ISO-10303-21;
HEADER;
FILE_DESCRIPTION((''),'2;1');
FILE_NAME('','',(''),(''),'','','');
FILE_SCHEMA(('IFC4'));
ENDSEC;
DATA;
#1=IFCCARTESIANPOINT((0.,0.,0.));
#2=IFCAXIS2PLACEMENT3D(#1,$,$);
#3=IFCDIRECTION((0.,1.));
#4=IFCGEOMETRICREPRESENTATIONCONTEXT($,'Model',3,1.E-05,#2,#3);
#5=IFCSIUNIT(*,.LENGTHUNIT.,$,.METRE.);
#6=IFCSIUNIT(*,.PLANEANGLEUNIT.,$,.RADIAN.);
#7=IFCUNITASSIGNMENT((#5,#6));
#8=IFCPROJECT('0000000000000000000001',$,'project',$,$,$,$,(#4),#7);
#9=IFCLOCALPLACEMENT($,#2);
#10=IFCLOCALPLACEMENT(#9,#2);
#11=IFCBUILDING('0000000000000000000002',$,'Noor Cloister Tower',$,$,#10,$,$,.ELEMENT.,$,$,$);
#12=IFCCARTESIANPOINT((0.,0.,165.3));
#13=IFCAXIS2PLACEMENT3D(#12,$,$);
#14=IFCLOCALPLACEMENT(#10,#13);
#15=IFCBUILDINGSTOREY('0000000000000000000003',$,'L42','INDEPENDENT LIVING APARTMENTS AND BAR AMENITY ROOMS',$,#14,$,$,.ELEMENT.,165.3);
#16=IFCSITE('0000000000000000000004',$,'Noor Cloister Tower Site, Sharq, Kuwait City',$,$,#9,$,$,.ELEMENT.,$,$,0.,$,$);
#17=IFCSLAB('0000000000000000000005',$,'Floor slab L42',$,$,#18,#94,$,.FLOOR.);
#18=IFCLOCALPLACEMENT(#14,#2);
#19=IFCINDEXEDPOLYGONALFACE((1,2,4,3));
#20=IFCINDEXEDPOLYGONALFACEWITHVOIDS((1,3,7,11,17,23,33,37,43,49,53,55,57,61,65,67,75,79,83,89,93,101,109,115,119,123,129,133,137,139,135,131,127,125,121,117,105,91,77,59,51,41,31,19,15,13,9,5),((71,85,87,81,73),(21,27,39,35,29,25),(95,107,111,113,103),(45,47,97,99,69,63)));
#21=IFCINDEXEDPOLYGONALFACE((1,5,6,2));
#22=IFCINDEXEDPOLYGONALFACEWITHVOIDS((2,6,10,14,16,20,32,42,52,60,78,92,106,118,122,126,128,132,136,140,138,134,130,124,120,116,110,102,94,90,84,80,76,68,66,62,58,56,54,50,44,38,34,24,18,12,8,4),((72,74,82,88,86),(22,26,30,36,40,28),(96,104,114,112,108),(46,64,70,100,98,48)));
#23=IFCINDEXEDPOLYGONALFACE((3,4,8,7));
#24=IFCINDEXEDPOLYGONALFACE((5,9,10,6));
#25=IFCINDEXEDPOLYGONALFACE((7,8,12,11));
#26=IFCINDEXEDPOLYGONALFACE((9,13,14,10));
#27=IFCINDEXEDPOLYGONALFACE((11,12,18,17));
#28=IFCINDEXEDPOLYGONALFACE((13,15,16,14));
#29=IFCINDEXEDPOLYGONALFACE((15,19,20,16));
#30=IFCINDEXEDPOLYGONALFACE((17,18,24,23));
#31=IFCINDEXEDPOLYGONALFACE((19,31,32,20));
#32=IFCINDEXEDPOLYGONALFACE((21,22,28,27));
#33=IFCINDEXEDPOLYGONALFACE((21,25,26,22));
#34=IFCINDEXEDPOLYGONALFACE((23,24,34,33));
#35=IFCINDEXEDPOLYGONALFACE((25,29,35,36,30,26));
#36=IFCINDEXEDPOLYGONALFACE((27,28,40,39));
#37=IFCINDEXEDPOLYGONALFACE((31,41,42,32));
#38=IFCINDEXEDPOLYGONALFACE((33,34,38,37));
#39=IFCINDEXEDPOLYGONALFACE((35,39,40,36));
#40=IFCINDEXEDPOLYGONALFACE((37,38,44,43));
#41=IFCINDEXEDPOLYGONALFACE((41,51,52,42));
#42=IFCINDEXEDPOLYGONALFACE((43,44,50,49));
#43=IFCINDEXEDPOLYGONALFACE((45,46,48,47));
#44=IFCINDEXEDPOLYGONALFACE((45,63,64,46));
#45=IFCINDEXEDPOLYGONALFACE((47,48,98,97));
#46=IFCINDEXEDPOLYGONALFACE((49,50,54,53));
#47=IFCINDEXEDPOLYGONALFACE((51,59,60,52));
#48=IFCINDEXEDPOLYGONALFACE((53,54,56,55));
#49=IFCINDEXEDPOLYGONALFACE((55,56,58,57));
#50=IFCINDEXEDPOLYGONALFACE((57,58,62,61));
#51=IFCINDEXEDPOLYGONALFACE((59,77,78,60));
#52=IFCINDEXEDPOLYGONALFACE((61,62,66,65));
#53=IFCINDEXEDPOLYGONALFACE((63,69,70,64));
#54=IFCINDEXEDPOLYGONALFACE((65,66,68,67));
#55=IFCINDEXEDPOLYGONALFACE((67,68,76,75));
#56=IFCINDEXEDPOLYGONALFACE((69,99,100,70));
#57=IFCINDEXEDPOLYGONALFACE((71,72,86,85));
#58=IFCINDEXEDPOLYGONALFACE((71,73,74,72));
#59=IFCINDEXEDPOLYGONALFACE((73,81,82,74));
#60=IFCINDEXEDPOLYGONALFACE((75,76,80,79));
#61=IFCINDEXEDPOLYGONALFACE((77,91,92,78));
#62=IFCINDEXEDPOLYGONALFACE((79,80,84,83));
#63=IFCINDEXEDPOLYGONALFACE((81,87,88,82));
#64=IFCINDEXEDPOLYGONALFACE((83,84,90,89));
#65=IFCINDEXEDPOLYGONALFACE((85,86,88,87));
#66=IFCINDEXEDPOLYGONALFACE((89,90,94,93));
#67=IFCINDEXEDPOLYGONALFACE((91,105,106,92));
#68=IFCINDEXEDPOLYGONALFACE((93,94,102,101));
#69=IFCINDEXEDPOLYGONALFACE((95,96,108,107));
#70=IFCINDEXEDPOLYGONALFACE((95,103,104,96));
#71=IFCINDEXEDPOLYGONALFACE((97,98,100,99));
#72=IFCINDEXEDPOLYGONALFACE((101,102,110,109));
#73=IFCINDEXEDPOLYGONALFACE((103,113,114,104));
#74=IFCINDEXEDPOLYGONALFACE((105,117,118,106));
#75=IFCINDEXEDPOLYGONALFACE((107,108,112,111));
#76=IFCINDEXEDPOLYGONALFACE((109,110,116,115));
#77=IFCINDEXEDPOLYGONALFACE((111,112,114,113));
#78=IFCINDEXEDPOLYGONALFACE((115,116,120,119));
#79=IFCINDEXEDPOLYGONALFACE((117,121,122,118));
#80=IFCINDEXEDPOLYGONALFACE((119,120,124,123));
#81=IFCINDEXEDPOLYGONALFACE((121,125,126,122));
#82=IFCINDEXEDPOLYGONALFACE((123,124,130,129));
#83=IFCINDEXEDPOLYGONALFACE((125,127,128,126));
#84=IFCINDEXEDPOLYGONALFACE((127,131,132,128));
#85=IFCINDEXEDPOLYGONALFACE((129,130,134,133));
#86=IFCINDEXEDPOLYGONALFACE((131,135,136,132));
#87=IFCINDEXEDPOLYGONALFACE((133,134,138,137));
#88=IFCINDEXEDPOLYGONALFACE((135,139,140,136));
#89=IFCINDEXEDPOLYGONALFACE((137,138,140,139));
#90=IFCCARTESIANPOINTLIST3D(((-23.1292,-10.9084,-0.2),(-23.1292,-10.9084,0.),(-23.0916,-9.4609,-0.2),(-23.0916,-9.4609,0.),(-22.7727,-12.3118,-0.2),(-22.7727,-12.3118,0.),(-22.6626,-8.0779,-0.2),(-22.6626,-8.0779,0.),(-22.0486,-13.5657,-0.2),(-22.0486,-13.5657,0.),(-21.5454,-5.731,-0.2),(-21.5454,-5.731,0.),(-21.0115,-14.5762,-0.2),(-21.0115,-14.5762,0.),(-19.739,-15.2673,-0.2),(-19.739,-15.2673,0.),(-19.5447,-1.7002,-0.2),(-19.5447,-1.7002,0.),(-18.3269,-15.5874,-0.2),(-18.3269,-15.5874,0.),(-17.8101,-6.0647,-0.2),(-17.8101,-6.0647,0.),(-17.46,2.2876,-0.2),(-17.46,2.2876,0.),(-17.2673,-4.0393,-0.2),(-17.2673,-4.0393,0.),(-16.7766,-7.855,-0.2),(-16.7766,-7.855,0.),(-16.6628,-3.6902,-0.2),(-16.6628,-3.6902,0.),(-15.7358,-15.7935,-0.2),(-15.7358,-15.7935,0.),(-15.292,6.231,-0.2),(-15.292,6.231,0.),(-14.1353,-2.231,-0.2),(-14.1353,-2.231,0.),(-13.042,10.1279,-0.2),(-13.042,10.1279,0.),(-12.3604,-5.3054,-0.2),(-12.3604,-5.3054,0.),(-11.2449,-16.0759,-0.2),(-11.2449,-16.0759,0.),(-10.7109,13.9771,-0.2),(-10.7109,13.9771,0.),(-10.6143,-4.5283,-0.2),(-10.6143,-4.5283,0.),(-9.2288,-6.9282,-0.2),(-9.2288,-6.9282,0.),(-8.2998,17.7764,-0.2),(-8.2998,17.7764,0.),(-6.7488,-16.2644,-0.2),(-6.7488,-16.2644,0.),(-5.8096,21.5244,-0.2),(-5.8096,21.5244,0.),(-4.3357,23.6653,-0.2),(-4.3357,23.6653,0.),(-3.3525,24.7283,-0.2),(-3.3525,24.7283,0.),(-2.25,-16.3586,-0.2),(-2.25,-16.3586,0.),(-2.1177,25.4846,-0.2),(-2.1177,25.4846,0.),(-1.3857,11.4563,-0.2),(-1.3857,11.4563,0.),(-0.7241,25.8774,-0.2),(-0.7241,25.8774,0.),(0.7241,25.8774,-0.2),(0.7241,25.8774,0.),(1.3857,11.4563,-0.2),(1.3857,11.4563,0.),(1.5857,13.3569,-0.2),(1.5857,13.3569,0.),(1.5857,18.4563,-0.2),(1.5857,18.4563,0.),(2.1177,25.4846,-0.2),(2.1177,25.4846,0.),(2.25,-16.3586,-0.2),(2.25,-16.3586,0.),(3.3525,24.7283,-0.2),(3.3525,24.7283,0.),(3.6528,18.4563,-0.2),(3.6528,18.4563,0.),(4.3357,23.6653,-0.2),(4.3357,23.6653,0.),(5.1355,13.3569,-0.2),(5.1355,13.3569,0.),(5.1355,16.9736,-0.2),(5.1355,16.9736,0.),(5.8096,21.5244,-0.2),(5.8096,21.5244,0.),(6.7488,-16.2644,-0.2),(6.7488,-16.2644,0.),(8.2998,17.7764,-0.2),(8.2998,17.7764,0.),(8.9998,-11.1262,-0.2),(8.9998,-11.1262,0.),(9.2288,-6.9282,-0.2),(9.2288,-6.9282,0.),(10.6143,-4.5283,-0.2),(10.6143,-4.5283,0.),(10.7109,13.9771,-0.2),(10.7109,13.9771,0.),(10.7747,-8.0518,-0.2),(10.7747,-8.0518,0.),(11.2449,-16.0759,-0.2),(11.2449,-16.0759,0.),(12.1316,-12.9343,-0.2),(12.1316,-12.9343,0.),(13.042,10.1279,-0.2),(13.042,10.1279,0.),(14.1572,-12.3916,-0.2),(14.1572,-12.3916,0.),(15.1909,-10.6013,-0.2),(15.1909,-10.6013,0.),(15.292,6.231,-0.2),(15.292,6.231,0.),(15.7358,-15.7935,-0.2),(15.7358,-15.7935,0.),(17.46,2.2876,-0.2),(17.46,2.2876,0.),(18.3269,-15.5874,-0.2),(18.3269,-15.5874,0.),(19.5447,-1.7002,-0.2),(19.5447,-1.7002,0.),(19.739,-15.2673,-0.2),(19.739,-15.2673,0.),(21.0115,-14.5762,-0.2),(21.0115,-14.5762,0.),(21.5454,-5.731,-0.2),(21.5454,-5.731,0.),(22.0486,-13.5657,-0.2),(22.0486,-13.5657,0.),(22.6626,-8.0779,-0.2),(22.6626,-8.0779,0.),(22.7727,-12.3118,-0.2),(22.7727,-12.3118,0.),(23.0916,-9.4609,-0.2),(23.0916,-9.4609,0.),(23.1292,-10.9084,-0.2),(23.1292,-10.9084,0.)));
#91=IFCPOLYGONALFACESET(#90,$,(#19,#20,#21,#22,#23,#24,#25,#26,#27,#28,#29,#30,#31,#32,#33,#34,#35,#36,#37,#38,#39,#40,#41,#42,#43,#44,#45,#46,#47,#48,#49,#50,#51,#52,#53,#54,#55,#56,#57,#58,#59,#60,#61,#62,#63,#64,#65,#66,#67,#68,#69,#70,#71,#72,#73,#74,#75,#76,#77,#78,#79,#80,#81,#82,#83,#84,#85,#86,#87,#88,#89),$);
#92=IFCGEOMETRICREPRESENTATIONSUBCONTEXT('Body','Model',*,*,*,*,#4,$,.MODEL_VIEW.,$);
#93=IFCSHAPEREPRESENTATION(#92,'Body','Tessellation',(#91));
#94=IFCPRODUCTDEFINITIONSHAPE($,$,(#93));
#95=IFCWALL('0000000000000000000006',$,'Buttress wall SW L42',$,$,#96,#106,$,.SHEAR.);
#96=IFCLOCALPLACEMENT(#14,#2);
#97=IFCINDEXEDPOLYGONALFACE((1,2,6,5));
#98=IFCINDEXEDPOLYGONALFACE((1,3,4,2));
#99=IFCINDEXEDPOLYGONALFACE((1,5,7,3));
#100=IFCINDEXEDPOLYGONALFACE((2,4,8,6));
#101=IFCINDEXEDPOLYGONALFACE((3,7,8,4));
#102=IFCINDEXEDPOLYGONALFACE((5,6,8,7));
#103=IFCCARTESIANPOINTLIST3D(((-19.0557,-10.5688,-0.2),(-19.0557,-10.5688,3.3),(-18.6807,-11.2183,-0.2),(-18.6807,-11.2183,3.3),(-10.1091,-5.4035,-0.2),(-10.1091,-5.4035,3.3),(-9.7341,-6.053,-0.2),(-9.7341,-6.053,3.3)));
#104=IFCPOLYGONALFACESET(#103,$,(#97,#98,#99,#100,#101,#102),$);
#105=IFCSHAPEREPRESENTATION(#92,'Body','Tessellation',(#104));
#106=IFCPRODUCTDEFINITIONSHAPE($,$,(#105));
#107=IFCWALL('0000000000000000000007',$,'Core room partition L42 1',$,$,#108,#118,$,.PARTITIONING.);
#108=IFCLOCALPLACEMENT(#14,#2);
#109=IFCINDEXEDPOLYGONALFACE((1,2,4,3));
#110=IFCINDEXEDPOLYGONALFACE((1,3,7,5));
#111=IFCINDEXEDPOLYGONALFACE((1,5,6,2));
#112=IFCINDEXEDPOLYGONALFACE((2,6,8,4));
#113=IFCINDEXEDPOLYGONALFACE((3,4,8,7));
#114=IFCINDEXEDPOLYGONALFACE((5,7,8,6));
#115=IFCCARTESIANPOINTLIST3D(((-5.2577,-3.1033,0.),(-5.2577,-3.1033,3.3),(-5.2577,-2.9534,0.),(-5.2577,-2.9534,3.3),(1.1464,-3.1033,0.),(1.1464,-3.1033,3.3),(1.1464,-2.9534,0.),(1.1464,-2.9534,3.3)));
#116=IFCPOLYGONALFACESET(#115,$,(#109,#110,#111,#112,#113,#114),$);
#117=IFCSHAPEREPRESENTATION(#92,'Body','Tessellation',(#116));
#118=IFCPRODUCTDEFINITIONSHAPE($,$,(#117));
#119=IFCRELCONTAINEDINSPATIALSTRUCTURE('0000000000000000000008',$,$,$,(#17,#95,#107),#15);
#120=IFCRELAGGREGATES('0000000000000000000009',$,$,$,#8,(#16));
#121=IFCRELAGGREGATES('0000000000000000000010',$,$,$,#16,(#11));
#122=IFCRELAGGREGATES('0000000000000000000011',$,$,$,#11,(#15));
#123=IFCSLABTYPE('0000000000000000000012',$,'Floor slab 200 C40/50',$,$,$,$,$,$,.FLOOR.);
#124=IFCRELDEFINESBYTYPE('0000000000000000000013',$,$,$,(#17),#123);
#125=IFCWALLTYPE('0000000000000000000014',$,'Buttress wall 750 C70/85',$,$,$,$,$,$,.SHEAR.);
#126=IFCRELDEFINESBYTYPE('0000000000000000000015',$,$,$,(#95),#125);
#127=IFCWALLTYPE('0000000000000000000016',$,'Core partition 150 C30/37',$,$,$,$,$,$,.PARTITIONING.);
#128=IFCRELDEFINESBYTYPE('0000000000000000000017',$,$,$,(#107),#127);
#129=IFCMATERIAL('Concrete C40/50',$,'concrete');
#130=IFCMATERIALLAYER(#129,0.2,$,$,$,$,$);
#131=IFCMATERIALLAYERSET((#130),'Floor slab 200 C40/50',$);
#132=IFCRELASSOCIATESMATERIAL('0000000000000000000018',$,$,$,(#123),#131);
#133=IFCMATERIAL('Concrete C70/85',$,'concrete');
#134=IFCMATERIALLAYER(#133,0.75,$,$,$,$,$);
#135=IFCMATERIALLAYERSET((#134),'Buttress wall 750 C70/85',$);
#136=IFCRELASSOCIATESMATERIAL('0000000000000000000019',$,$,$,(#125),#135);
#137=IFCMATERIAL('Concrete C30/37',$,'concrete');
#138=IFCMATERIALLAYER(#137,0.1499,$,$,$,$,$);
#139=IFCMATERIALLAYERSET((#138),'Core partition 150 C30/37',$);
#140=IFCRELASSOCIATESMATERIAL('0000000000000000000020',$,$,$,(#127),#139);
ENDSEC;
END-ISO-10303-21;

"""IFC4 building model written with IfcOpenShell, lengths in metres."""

from ifc_helpers import new_model, si_unit, direction, frame, frame_2d, origin, place, context, subcontext, project, spatial, polyline, rectangle, outline, extrude, material, layer, layer_set, type_object, element, save


model = new_model("IFC4")

# Units and contexts
model_context = context("Model", 3, precision=1e-05, world=origin(), true_north=direction((0.0, 1.0)))
body_context = subcontext(model_context, "Body", "Model", "MODEL_VIEW")
ifc_project = project(units=[si_unit("LENGTHUNIT", "METRE"), si_unit("PLANEANGLEUNIT", "RADIAN")], contexts=[model_context])

# Site, building, storey
site_placement = place(None, origin())
site = spatial("IfcSite", under=ifc_project, at=site_placement, Name="Noor Cloister Tower Site, Sharq, Kuwait City", CompositionType="ELEMENT", RefElevation=0.0)
building_placement = place(site_placement, origin())
building = spatial("IfcBuilding", under=site, at=building_placement, Name="Noor Cloister Tower", CompositionType="ELEMENT")
storey_placement = place(building_placement, frame((0.0, 0.0, 165.3)))
storey = spatial("IfcBuildingStorey", under=building, at=storey_placement, Name="L42", Description="INDEPENDENT LIVING APARTMENTS AND BAR AMENITY ROOMS", CompositionType="ELEMENT", Elevation=165.3)

# Slab
ifc_material_1 = material(Name="Concrete C40/50", Category="concrete")
ifc_layer_1 = layer(ifc_material_1, 0.2)
ifc_layer_set_1 = layer_set([ifc_layer_1], Name="Floor slab 200 C40/50")
slab_type = type_object("IfcSlabType", Name="Floor slab 200 C40/50", PredefinedType="FLOOR", material=ifc_layer_set_1)
slab_placement = place(storey_placement, frame((0.0, 0.0, -0.2)))
element("IfcSlab", 1, at=slab_placement, inside=storey, type_object=slab_type, Name="Floor slab L42", PredefinedType="FLOOR", context=body_context, shape_type="SweptSolid", body=[
    extrude(outline(polyline([(4.3357, 23.6653), (3.3525, 24.7283), (2.1177, 25.4846), (0.7241, 25.8774), (-0.7241, 25.8774), (-2.1177, 25.4846), (-3.3525, 24.7283), (-4.3357, 23.6653), (-5.8096, 21.5244), (-8.2998, 17.7764), (-10.7109, 13.9771), (-13.042, 10.1279), (-15.292, 6.231), (-17.46, 2.2876), (-19.5447, -1.7002), (-21.5454, -5.731), (-22.6626, -8.0779), (-23.0916, -9.4609), (-23.1292, -10.9084), (-22.7727, -12.3118), (-22.0486, -13.5657), (-21.0115, -14.5762), (-19.739, -15.2673), (-18.3269, -15.5874), (-15.7358, -15.7935), (-11.2449, -16.0759), (-6.7488, -16.2644), (-2.25, -16.3586), (2.25, -16.3586), (6.7488, -16.2644), (11.2449, -16.0759), (15.7358, -15.7935), (18.3269, -15.5874), (19.739, -15.2673), (21.0115, -14.5762), (22.0486, -13.5657), (22.7727, -12.3118), (23.1292, -10.9084), (23.0916, -9.4609), (22.6626, -8.0779), (21.5454, -5.731), (19.5447, -1.7002), (17.46, 2.2876), (15.292, 6.231), (13.042, 10.1279), (10.7109, 13.9771), (8.2998, 17.7764), (5.8096, 21.5244), (4.3357, 23.6653)]), holes=[polyline([(8.9998, -11.1262), (12.1316, -12.9343), (14.1572, -12.3916), (15.1909, -10.6013), (10.7747, -8.0518), (8.9998, -11.1262)]), polyline([(-17.8101, -6.0647), (-16.7766, -7.855), (-12.3604, -5.3054), (-14.1353, -2.231), (-16.6628, -3.6902), (-17.2673, -4.0393), (-17.8101, -6.0647)]), polyline([(-10.6143, -4.5283), (-9.2288, -6.9282), (9.2288, -6.9282), (10.6143, -4.5283), (1.3857, 11.4563), (-1.3857, 11.4563), (-10.6143, -4.5283)]), polyline([(3.6528, 18.4563), (1.5857, 18.4563), (1.5857, 13.3569), (5.1355, 13.3569), (5.1355, 16.9736), (3.6528, 18.4563)])]), origin(), (0.0, 0.0, 1.0), 0.2),
])

# Walls
ifc_material_2 = material(Name="Concrete C70/85", Category="concrete")
ifc_layer_2 = layer(ifc_material_2, 0.75)
ifc_layer_set_2 = layer_set([ifc_layer_2], Name="Buttress wall 750 C70/85")
wall_type_1 = type_object("IfcWallType", Name="Buttress wall 750 C70/85", PredefinedType="SHEAR", material=ifc_layer_set_2)
wall_1_placement = place(storey_placement, frame((-9.9216, -5.7283, -0.2), z_axis=(0.0, 0.0, 1.0), x_axis=(-0.866025, -0.5, 0.0)))
element("IfcWall", 2, at=wall_1_placement, inside=storey, type_object=wall_type_1, Name="Buttress wall SW L42", PredefinedType="SHEAR", context=body_context, shape_type="SweptSolid", body=[
    extrude(rectangle(XDim=10.3306, YDim=0.75, at=frame_2d((5.1653, 0.0))), origin(), (0.0, 0.0, 1.0), 3.5),
])
ifc_material_3 = material(Name="Concrete C30/37", Category="concrete")
ifc_layer_3 = layer(ifc_material_3, 0.1499)
ifc_layer_set_3 = layer_set([ifc_layer_3], Name="Core partition 150 C30/37")
wall_type_2 = type_object("IfcWallType", Name="Core partition 150 C30/37", PredefinedType="PARTITIONING", material=ifc_layer_set_3)
wall_2_placement = place(storey_placement, frame((-5.2578, -3.0283, 0.0), z_axis=(0.0, 0.0, 1.0), x_axis=(1.0, 0.0, 0.0)))
element("IfcWall", 3, at=wall_2_placement, inside=storey, type_object=wall_type_2, Name="Core room partition L42 1", PredefinedType="PARTITIONING", context=body_context, shape_type="SweptSolid", body=[
    extrude(rectangle(XDim=6.4041, YDim=0.1499, at=frame_2d((3.2021, 0.0))), origin(), (0.0, 0.0, 1.0), 3.3),
])

save(model, "model.ifc")
